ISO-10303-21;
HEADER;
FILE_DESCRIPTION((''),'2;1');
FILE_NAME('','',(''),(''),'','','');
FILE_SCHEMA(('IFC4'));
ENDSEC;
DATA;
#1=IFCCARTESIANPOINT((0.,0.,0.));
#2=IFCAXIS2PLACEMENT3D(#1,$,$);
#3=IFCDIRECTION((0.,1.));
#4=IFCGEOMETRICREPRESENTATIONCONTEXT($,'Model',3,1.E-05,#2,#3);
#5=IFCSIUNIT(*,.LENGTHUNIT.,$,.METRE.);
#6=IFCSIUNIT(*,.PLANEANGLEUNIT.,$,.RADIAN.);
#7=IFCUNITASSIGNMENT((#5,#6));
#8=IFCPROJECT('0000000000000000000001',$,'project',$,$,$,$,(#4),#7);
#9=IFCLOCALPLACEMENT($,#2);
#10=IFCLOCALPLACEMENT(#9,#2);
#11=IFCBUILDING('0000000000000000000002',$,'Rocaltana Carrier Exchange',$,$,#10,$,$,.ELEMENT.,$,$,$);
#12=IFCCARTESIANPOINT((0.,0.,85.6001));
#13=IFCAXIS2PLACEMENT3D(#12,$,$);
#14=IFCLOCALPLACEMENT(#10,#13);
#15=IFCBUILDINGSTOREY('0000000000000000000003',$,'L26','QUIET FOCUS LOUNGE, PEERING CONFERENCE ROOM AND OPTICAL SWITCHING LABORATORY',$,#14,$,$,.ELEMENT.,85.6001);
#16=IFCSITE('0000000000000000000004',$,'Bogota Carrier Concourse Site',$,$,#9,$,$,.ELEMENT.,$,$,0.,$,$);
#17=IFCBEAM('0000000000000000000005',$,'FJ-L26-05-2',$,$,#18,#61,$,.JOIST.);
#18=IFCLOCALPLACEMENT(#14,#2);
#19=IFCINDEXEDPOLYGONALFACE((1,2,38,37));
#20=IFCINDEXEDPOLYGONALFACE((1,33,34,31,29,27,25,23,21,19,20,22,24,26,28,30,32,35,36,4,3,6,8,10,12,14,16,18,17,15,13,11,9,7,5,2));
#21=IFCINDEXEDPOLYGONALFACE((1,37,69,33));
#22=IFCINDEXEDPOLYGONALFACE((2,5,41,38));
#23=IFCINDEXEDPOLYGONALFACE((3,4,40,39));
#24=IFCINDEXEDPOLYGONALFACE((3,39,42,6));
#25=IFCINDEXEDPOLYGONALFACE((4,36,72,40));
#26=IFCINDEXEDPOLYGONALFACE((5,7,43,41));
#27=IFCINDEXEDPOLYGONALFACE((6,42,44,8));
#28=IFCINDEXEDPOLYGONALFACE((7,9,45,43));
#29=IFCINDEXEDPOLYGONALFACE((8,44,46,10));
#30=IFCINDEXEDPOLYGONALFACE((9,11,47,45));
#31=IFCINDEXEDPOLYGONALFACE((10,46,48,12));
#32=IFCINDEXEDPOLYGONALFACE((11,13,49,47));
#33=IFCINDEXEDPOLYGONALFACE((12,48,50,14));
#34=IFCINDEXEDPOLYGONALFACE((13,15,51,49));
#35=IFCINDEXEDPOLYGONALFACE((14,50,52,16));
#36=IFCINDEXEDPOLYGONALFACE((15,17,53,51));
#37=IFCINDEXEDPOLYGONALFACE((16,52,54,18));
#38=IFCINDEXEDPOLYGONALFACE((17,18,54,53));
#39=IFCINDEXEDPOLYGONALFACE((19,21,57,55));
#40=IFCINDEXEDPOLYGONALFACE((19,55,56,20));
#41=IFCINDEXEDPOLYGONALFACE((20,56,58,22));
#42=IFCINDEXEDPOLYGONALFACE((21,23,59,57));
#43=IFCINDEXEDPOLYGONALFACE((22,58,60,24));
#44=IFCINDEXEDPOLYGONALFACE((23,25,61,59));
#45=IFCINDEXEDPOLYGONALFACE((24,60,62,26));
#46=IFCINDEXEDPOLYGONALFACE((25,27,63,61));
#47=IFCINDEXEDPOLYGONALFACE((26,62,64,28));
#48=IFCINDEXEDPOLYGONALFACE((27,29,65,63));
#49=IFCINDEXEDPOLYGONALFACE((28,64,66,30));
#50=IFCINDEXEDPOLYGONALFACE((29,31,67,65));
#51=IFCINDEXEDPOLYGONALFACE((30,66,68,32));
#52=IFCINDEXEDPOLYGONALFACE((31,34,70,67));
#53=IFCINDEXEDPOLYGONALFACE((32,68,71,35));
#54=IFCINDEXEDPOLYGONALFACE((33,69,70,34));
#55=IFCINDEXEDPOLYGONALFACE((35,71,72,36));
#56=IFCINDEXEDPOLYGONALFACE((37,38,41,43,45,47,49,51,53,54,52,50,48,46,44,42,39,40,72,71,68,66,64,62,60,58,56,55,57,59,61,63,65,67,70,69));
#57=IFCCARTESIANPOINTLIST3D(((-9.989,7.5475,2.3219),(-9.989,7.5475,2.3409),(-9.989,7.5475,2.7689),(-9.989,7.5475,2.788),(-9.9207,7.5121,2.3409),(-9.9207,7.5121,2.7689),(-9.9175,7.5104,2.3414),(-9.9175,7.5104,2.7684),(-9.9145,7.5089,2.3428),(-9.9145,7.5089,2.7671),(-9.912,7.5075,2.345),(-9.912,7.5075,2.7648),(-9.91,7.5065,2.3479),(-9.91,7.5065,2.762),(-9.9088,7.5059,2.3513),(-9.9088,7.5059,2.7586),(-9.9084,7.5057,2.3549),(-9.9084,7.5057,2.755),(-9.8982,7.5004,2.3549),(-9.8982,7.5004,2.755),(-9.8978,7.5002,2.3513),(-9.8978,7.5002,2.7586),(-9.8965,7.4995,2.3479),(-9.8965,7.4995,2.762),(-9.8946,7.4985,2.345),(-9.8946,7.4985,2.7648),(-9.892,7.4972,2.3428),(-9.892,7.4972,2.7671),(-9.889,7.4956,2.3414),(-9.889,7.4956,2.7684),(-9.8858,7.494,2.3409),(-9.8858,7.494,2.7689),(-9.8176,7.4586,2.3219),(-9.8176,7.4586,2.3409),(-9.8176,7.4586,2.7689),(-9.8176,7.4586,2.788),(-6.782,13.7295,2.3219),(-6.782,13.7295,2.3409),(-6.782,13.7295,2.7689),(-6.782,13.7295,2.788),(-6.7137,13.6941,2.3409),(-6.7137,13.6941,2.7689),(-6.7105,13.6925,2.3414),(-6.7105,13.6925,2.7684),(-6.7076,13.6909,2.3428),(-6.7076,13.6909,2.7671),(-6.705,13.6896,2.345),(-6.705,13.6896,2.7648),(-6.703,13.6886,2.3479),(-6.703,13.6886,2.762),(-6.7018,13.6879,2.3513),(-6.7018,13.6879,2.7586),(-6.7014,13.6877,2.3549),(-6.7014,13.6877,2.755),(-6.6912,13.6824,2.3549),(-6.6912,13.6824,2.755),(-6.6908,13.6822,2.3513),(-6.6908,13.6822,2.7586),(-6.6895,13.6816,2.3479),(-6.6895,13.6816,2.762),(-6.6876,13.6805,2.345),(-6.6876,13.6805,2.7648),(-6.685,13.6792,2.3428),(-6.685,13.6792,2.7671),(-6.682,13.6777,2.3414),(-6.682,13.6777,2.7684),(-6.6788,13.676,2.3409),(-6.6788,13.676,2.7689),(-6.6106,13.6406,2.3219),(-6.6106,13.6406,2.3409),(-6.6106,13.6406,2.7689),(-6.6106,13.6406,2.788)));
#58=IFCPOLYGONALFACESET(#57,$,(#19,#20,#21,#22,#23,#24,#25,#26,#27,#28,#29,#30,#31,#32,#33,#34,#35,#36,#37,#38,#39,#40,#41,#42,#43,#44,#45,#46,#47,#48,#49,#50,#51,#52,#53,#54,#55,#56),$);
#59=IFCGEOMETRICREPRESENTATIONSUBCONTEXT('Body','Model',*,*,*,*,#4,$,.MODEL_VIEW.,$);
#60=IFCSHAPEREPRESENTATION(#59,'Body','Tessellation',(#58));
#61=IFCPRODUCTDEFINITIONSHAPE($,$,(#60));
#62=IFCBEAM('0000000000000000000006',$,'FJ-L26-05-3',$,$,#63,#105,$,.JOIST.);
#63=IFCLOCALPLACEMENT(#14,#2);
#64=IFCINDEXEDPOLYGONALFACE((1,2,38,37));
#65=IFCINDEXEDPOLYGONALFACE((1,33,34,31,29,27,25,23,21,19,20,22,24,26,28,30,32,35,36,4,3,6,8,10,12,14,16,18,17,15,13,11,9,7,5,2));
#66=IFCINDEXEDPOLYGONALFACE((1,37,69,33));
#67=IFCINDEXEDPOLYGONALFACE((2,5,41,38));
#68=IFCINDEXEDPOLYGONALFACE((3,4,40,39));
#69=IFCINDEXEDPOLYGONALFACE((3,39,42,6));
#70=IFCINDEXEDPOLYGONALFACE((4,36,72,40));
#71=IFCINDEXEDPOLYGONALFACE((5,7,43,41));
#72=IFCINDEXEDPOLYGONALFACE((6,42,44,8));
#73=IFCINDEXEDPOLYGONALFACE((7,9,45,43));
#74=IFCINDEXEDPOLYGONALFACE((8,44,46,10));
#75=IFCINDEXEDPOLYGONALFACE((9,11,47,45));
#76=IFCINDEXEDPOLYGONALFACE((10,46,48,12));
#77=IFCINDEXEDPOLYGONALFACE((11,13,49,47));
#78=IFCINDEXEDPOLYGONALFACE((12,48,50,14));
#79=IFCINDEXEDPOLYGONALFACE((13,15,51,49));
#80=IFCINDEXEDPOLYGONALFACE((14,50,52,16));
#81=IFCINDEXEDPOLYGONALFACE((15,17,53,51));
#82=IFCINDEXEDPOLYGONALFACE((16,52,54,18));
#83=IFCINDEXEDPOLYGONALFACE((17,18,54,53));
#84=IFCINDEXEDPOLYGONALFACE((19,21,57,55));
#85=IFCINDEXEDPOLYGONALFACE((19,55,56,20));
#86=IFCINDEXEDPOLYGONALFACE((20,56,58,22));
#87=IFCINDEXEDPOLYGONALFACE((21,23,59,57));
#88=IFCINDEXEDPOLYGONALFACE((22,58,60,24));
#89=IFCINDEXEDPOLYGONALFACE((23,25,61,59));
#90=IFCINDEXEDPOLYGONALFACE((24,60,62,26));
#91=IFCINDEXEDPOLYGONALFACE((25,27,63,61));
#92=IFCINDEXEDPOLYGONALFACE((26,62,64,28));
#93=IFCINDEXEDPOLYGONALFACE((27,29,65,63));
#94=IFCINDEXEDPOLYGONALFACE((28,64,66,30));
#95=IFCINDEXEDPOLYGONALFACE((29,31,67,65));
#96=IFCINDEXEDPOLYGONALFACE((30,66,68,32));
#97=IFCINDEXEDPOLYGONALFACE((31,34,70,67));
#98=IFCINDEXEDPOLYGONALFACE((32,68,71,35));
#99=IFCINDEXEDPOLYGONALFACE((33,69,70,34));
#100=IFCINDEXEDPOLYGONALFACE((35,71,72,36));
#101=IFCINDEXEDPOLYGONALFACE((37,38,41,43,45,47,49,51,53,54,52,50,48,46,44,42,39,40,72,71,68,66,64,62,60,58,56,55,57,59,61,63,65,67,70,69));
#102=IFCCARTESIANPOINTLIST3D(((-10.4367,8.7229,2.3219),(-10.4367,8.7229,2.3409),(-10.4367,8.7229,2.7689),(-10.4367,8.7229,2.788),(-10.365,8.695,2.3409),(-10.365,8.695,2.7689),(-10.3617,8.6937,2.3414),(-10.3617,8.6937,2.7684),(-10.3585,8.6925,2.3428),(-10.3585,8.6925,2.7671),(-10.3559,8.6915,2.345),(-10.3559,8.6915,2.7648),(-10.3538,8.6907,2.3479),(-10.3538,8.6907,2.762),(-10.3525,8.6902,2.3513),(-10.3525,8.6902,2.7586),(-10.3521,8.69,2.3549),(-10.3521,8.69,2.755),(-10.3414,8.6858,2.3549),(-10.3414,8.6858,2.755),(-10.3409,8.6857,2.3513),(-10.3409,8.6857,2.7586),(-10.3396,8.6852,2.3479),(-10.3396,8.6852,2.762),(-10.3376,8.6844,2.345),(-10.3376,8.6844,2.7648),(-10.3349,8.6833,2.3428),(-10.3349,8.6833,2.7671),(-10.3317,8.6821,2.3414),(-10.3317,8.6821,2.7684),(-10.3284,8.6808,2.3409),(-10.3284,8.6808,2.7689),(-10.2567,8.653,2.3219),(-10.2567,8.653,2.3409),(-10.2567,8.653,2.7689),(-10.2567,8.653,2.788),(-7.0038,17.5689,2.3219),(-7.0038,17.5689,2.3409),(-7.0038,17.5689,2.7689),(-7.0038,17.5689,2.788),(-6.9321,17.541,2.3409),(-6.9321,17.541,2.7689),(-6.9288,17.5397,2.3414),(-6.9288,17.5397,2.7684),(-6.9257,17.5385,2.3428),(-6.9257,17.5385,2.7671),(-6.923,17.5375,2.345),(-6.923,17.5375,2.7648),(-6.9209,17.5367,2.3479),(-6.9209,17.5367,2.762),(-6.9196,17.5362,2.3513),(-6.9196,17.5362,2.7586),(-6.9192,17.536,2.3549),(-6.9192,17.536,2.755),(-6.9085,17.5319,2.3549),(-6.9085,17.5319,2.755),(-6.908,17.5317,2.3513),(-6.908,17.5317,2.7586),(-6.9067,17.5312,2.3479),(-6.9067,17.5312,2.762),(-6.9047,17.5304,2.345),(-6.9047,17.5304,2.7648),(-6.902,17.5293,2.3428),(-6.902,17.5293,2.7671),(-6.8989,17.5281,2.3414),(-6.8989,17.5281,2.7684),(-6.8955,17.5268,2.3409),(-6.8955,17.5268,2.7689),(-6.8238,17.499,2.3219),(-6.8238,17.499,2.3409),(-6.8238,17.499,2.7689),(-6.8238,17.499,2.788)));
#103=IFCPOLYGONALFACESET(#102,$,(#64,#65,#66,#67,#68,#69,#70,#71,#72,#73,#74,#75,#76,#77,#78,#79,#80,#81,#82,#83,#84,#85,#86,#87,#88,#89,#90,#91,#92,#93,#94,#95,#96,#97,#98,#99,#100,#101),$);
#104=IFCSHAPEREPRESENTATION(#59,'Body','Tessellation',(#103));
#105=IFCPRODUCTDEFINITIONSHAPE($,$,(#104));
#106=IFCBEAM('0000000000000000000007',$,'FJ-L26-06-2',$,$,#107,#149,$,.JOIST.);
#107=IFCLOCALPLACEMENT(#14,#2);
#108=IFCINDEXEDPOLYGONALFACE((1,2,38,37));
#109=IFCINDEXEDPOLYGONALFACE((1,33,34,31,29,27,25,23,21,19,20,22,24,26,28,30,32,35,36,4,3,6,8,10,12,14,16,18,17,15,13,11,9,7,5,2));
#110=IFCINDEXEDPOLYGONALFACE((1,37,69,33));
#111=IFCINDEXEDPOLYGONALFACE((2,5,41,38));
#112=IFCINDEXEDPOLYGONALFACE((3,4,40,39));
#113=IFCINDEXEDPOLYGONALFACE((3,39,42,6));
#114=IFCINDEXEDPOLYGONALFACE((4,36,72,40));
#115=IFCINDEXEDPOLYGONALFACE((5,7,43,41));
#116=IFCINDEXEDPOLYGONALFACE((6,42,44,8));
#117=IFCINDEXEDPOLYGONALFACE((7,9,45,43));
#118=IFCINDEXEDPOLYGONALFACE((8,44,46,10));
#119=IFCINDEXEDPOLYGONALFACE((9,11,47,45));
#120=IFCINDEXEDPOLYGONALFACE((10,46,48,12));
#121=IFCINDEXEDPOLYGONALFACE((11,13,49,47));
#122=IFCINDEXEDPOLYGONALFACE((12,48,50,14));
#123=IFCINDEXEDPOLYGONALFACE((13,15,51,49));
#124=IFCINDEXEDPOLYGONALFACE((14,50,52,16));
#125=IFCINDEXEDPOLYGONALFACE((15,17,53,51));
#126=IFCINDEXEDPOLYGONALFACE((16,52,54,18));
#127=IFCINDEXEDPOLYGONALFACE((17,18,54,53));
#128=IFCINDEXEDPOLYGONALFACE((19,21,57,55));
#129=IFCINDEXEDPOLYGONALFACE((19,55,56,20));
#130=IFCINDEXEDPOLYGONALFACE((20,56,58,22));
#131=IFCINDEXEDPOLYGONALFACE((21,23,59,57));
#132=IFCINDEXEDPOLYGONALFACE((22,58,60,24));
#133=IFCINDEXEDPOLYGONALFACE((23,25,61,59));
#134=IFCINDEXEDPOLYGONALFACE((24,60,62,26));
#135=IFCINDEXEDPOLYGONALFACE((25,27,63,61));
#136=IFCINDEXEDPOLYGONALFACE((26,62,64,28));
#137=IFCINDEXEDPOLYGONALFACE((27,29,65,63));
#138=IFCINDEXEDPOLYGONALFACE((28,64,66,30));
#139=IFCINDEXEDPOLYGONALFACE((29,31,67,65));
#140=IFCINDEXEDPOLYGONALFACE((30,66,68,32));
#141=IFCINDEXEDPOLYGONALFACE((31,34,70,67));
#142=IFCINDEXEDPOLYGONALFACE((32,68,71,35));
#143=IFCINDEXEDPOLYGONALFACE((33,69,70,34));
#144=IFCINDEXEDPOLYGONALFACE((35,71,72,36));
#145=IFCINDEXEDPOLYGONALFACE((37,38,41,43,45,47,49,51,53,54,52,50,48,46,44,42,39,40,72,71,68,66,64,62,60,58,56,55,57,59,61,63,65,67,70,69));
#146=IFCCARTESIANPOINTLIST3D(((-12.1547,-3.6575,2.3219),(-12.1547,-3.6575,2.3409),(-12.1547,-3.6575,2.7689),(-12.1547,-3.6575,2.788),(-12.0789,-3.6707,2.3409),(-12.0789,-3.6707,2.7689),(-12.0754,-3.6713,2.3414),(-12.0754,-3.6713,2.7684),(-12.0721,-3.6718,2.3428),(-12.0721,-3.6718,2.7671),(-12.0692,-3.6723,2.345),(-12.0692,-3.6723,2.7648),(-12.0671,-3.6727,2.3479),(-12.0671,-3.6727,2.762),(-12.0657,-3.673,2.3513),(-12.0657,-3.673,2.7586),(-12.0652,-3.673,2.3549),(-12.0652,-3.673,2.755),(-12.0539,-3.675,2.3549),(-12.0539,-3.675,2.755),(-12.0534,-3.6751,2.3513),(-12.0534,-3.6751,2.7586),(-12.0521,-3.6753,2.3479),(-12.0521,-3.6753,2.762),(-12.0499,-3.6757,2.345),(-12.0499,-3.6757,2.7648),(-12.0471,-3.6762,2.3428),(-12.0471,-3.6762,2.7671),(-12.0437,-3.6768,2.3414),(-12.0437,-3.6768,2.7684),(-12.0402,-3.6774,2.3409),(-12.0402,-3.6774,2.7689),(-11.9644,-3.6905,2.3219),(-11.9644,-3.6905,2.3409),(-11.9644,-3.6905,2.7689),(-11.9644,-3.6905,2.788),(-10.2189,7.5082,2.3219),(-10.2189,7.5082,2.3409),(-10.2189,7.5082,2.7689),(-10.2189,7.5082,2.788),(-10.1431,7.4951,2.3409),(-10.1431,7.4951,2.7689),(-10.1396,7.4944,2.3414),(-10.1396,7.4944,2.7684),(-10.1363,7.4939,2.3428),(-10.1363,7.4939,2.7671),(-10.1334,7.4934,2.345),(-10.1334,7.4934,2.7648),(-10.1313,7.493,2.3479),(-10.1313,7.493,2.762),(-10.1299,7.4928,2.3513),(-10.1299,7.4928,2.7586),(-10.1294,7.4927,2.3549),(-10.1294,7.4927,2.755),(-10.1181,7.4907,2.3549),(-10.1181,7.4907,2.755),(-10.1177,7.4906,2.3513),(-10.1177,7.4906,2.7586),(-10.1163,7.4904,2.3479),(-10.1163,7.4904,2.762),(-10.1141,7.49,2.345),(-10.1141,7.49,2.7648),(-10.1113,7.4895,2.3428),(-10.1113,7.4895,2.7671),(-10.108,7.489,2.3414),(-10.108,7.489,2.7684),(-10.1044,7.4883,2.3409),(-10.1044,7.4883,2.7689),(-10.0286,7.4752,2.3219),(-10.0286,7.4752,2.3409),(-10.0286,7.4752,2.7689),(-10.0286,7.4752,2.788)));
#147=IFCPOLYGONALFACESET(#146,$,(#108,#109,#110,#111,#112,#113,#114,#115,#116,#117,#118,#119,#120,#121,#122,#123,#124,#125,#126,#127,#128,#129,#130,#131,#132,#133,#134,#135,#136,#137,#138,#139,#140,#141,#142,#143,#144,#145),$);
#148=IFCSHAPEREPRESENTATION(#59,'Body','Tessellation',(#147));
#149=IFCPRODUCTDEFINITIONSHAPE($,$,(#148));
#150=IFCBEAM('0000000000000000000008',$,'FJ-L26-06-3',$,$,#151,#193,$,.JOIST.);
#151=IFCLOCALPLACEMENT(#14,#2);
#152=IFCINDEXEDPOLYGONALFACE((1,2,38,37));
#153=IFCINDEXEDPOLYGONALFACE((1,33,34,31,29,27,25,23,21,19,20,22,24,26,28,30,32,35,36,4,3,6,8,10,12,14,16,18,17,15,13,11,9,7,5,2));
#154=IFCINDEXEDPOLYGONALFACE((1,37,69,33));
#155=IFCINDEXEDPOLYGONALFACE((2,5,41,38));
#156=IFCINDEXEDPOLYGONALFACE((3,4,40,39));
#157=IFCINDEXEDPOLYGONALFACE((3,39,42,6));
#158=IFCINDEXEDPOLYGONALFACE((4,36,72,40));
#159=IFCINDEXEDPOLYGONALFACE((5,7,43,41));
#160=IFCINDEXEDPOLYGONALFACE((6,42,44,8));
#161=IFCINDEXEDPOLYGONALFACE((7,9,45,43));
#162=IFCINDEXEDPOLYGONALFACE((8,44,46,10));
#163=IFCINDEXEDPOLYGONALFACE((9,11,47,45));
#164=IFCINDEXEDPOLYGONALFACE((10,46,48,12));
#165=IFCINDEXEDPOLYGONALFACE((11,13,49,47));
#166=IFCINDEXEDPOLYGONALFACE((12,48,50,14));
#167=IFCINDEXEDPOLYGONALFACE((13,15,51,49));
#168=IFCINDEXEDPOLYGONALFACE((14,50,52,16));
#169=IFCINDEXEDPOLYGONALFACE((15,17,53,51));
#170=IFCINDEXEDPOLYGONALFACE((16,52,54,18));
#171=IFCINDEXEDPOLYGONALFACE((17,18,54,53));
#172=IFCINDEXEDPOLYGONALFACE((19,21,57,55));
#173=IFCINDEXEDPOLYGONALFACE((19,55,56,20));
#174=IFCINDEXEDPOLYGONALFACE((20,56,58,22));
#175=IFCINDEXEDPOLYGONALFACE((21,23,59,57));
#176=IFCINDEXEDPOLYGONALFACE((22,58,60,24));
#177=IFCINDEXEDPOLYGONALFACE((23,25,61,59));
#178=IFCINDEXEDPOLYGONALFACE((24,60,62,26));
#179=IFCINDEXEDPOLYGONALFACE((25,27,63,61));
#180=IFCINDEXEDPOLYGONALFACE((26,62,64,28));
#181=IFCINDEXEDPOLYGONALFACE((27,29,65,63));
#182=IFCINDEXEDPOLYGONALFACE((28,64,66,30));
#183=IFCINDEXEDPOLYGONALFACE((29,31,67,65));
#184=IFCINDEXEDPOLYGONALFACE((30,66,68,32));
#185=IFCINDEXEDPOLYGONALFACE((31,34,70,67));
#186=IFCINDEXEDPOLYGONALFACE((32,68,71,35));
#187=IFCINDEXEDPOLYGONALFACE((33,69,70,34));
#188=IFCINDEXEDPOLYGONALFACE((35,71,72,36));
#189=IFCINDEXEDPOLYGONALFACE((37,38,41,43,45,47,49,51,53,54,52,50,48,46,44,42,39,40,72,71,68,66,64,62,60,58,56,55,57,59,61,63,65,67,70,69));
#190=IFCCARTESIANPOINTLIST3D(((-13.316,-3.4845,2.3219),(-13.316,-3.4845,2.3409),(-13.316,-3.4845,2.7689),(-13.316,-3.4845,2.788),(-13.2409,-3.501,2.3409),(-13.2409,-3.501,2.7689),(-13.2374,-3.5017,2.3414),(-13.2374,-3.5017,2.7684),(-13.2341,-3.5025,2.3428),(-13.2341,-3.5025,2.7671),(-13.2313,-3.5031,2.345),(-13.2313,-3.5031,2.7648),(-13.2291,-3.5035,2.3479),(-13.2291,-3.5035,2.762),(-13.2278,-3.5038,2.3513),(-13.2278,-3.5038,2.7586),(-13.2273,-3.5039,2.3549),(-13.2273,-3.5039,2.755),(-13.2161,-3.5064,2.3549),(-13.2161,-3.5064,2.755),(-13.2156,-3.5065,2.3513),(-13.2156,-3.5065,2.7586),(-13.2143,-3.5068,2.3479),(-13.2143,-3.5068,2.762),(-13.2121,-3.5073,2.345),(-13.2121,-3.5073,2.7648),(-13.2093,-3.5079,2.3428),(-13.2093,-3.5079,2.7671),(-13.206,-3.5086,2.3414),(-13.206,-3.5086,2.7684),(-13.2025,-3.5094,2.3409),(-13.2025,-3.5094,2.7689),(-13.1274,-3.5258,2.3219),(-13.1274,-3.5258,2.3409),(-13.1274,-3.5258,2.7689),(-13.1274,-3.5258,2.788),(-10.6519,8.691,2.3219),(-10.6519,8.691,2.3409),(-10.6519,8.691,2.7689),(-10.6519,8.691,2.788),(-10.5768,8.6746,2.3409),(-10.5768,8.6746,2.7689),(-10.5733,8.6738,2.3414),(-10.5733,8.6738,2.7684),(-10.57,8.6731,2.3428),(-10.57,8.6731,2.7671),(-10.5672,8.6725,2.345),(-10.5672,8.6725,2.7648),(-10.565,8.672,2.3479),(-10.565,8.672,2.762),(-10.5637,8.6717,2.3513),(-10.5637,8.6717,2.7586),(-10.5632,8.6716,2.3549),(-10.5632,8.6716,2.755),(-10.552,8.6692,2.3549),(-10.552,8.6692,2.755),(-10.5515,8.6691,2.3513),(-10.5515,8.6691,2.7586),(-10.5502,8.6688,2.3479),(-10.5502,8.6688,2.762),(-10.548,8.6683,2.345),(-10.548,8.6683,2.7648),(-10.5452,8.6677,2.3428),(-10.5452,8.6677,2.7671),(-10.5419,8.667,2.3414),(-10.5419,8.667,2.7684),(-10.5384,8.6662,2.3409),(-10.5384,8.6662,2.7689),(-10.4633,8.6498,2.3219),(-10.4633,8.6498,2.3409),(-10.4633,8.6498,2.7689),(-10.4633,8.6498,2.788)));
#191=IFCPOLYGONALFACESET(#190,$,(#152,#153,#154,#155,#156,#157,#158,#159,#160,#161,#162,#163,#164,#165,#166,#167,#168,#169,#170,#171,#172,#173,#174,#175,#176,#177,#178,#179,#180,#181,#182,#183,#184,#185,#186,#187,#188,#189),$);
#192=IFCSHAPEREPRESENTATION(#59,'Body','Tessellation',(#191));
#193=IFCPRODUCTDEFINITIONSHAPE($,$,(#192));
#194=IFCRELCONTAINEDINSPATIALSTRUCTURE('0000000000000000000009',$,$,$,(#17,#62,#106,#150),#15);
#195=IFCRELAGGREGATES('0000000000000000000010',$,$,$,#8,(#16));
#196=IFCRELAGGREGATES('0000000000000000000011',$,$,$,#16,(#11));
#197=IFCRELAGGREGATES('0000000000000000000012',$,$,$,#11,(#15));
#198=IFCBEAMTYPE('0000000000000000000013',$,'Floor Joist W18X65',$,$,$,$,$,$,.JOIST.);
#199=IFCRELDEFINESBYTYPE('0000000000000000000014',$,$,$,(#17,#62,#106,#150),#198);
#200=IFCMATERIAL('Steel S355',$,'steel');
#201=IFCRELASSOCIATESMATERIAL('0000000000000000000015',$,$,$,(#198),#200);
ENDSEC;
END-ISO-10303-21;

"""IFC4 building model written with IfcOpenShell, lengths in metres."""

from ifc_helpers import new_model, si_unit, direction, frame, origin, origin_2d, place, context, subcontext, project, spatial, i_section, extrude, material, material_profile, profile_set, type_object, element, save


model = new_model("IFC4")

# Units and contexts
model_context = context("Model", 3, precision=1e-05, world=origin(), true_north=direction((0.0, 1.0)))
body_context = subcontext(model_context, "Body", "Model", "MODEL_VIEW")
ifc_project = project(units=[si_unit("LENGTHUNIT", "METRE"), si_unit("PLANEANGLEUNIT", "RADIAN")], contexts=[model_context])

# Site, building, storey
site_placement = place(None, origin())
site = spatial("IfcSite", under=ifc_project, at=site_placement, Name="Bogota Carrier Concourse Site", CompositionType="ELEMENT", RefElevation=0.0)
building_placement = place(site_placement, origin())
building = spatial("IfcBuilding", under=site, at=building_placement, Name="Rocaltana Carrier Exchange", CompositionType="ELEMENT")
storey_placement = place(building_placement, frame((0.0, 0.0, 85.6001)))
storey = spatial("IfcBuildingStorey", under=building, at=storey_placement, Name="L26", Description="QUIET FOCUS LOUNGE, PEERING CONFERENCE ROOM AND OPTICAL SWITCHING LABORATORY", CompositionType="ELEMENT", Elevation=85.6001)

# Beams
ifc_material_1 = material(Name="Steel S355", Category="steel")
ifc_material_profile_1 = material_profile(ifc_material_1, i_section(OverallWidth=0.1931, OverallDepth=0.4661, WebThickness=0.0115, FlangeThickness=0.019, FilletRadius=0.0139, at=origin_2d()), Name="W18X65")
ifc_profile_set_1 = profile_set([ifc_material_profile_1], Name="Steel S355")
beam_type_1 = type_object("IfcBeamType", Name="Floor Joist W18X65", PredefinedType="JOIST", material=ifc_profile_set_1)
beam_1_placement = place(storey_placement, frame((-6.6963, 13.6851, 2.5549), z_axis=(-0.460485, -0.887668, 0.0), x_axis=(0.887668, -0.460485, 0.0)))
element("IfcBeam", 1, at=beam_1_placement, inside=storey, type_object=beam_type_1, Name="FJ-L26-05-2", PredefinedType="JOIST", context=body_context, shape_type="SweptSolid", body=[
    extrude(i_section(OverallWidth=0.1931, OverallDepth=0.4661, WebThickness=0.0115, FlangeThickness=0.019, FilletRadius=0.0139, at=origin_2d()), origin(), (0.0, 0.0, 1.0), 6.9644),
])
beam_2_placement = place(storey_placement, frame((-6.9138, 17.5339, 2.5549), z_axis=(-0.361784, -0.932262, 0.0), x_axis=(0.932262, -0.361784, 0.0)))
element("IfcBeam", 2, at=beam_2_placement, inside=storey, type_object=beam_type_1, Name="FJ-L26-05-3", PredefinedType="JOIST", context=body_context, shape_type="SweptSolid", body=[
    extrude(i_section(OverallWidth=0.1931, OverallDepth=0.4661, WebThickness=0.0115, FlangeThickness=0.019, FilletRadius=0.0139, at=origin_2d()), origin(), (0.0, 0.0, 1.0), 9.4888),
])
beam_3_placement = place(storey_placement, frame((-10.1238, 7.4917, 2.5549), z_axis=(-0.17082, -0.985302, 0.0), x_axis=(0.985302, -0.17082, 0.0)))
element("IfcBeam", 3, at=beam_3_placement, inside=storey, type_object=beam_type_1, Name="FJ-L26-06-2", PredefinedType="JOIST", context=body_context, shape_type="SweptSolid", body=[
    extrude(i_section(OverallWidth=0.1931, OverallDepth=0.4661, WebThickness=0.0115, FlangeThickness=0.019, FilletRadius=0.0139, at=origin_2d()), origin(), (0.0, 0.0, 1.0), 11.3323),
])
beam_4_placement = place(storey_placement, frame((-10.5576, 8.6704, 2.5549), z_axis=(-0.213748, -0.976889, 0.0), x_axis=(0.976889, -0.213748, 0.0)))
element("IfcBeam", 4, at=beam_4_placement, inside=storey, type_object=beam_type_1, Name="FJ-L26-06-3", PredefinedType="JOIST", context=body_context, shape_type="SweptSolid", body=[
    extrude(i_section(OverallWidth=0.1931, OverallDepth=0.4661, WebThickness=0.0115, FlangeThickness=0.019, FilletRadius=0.0139, at=origin_2d()), origin(), (0.0, 0.0, 1.0), 12.4636),
])

save(model, "model.ifc")
